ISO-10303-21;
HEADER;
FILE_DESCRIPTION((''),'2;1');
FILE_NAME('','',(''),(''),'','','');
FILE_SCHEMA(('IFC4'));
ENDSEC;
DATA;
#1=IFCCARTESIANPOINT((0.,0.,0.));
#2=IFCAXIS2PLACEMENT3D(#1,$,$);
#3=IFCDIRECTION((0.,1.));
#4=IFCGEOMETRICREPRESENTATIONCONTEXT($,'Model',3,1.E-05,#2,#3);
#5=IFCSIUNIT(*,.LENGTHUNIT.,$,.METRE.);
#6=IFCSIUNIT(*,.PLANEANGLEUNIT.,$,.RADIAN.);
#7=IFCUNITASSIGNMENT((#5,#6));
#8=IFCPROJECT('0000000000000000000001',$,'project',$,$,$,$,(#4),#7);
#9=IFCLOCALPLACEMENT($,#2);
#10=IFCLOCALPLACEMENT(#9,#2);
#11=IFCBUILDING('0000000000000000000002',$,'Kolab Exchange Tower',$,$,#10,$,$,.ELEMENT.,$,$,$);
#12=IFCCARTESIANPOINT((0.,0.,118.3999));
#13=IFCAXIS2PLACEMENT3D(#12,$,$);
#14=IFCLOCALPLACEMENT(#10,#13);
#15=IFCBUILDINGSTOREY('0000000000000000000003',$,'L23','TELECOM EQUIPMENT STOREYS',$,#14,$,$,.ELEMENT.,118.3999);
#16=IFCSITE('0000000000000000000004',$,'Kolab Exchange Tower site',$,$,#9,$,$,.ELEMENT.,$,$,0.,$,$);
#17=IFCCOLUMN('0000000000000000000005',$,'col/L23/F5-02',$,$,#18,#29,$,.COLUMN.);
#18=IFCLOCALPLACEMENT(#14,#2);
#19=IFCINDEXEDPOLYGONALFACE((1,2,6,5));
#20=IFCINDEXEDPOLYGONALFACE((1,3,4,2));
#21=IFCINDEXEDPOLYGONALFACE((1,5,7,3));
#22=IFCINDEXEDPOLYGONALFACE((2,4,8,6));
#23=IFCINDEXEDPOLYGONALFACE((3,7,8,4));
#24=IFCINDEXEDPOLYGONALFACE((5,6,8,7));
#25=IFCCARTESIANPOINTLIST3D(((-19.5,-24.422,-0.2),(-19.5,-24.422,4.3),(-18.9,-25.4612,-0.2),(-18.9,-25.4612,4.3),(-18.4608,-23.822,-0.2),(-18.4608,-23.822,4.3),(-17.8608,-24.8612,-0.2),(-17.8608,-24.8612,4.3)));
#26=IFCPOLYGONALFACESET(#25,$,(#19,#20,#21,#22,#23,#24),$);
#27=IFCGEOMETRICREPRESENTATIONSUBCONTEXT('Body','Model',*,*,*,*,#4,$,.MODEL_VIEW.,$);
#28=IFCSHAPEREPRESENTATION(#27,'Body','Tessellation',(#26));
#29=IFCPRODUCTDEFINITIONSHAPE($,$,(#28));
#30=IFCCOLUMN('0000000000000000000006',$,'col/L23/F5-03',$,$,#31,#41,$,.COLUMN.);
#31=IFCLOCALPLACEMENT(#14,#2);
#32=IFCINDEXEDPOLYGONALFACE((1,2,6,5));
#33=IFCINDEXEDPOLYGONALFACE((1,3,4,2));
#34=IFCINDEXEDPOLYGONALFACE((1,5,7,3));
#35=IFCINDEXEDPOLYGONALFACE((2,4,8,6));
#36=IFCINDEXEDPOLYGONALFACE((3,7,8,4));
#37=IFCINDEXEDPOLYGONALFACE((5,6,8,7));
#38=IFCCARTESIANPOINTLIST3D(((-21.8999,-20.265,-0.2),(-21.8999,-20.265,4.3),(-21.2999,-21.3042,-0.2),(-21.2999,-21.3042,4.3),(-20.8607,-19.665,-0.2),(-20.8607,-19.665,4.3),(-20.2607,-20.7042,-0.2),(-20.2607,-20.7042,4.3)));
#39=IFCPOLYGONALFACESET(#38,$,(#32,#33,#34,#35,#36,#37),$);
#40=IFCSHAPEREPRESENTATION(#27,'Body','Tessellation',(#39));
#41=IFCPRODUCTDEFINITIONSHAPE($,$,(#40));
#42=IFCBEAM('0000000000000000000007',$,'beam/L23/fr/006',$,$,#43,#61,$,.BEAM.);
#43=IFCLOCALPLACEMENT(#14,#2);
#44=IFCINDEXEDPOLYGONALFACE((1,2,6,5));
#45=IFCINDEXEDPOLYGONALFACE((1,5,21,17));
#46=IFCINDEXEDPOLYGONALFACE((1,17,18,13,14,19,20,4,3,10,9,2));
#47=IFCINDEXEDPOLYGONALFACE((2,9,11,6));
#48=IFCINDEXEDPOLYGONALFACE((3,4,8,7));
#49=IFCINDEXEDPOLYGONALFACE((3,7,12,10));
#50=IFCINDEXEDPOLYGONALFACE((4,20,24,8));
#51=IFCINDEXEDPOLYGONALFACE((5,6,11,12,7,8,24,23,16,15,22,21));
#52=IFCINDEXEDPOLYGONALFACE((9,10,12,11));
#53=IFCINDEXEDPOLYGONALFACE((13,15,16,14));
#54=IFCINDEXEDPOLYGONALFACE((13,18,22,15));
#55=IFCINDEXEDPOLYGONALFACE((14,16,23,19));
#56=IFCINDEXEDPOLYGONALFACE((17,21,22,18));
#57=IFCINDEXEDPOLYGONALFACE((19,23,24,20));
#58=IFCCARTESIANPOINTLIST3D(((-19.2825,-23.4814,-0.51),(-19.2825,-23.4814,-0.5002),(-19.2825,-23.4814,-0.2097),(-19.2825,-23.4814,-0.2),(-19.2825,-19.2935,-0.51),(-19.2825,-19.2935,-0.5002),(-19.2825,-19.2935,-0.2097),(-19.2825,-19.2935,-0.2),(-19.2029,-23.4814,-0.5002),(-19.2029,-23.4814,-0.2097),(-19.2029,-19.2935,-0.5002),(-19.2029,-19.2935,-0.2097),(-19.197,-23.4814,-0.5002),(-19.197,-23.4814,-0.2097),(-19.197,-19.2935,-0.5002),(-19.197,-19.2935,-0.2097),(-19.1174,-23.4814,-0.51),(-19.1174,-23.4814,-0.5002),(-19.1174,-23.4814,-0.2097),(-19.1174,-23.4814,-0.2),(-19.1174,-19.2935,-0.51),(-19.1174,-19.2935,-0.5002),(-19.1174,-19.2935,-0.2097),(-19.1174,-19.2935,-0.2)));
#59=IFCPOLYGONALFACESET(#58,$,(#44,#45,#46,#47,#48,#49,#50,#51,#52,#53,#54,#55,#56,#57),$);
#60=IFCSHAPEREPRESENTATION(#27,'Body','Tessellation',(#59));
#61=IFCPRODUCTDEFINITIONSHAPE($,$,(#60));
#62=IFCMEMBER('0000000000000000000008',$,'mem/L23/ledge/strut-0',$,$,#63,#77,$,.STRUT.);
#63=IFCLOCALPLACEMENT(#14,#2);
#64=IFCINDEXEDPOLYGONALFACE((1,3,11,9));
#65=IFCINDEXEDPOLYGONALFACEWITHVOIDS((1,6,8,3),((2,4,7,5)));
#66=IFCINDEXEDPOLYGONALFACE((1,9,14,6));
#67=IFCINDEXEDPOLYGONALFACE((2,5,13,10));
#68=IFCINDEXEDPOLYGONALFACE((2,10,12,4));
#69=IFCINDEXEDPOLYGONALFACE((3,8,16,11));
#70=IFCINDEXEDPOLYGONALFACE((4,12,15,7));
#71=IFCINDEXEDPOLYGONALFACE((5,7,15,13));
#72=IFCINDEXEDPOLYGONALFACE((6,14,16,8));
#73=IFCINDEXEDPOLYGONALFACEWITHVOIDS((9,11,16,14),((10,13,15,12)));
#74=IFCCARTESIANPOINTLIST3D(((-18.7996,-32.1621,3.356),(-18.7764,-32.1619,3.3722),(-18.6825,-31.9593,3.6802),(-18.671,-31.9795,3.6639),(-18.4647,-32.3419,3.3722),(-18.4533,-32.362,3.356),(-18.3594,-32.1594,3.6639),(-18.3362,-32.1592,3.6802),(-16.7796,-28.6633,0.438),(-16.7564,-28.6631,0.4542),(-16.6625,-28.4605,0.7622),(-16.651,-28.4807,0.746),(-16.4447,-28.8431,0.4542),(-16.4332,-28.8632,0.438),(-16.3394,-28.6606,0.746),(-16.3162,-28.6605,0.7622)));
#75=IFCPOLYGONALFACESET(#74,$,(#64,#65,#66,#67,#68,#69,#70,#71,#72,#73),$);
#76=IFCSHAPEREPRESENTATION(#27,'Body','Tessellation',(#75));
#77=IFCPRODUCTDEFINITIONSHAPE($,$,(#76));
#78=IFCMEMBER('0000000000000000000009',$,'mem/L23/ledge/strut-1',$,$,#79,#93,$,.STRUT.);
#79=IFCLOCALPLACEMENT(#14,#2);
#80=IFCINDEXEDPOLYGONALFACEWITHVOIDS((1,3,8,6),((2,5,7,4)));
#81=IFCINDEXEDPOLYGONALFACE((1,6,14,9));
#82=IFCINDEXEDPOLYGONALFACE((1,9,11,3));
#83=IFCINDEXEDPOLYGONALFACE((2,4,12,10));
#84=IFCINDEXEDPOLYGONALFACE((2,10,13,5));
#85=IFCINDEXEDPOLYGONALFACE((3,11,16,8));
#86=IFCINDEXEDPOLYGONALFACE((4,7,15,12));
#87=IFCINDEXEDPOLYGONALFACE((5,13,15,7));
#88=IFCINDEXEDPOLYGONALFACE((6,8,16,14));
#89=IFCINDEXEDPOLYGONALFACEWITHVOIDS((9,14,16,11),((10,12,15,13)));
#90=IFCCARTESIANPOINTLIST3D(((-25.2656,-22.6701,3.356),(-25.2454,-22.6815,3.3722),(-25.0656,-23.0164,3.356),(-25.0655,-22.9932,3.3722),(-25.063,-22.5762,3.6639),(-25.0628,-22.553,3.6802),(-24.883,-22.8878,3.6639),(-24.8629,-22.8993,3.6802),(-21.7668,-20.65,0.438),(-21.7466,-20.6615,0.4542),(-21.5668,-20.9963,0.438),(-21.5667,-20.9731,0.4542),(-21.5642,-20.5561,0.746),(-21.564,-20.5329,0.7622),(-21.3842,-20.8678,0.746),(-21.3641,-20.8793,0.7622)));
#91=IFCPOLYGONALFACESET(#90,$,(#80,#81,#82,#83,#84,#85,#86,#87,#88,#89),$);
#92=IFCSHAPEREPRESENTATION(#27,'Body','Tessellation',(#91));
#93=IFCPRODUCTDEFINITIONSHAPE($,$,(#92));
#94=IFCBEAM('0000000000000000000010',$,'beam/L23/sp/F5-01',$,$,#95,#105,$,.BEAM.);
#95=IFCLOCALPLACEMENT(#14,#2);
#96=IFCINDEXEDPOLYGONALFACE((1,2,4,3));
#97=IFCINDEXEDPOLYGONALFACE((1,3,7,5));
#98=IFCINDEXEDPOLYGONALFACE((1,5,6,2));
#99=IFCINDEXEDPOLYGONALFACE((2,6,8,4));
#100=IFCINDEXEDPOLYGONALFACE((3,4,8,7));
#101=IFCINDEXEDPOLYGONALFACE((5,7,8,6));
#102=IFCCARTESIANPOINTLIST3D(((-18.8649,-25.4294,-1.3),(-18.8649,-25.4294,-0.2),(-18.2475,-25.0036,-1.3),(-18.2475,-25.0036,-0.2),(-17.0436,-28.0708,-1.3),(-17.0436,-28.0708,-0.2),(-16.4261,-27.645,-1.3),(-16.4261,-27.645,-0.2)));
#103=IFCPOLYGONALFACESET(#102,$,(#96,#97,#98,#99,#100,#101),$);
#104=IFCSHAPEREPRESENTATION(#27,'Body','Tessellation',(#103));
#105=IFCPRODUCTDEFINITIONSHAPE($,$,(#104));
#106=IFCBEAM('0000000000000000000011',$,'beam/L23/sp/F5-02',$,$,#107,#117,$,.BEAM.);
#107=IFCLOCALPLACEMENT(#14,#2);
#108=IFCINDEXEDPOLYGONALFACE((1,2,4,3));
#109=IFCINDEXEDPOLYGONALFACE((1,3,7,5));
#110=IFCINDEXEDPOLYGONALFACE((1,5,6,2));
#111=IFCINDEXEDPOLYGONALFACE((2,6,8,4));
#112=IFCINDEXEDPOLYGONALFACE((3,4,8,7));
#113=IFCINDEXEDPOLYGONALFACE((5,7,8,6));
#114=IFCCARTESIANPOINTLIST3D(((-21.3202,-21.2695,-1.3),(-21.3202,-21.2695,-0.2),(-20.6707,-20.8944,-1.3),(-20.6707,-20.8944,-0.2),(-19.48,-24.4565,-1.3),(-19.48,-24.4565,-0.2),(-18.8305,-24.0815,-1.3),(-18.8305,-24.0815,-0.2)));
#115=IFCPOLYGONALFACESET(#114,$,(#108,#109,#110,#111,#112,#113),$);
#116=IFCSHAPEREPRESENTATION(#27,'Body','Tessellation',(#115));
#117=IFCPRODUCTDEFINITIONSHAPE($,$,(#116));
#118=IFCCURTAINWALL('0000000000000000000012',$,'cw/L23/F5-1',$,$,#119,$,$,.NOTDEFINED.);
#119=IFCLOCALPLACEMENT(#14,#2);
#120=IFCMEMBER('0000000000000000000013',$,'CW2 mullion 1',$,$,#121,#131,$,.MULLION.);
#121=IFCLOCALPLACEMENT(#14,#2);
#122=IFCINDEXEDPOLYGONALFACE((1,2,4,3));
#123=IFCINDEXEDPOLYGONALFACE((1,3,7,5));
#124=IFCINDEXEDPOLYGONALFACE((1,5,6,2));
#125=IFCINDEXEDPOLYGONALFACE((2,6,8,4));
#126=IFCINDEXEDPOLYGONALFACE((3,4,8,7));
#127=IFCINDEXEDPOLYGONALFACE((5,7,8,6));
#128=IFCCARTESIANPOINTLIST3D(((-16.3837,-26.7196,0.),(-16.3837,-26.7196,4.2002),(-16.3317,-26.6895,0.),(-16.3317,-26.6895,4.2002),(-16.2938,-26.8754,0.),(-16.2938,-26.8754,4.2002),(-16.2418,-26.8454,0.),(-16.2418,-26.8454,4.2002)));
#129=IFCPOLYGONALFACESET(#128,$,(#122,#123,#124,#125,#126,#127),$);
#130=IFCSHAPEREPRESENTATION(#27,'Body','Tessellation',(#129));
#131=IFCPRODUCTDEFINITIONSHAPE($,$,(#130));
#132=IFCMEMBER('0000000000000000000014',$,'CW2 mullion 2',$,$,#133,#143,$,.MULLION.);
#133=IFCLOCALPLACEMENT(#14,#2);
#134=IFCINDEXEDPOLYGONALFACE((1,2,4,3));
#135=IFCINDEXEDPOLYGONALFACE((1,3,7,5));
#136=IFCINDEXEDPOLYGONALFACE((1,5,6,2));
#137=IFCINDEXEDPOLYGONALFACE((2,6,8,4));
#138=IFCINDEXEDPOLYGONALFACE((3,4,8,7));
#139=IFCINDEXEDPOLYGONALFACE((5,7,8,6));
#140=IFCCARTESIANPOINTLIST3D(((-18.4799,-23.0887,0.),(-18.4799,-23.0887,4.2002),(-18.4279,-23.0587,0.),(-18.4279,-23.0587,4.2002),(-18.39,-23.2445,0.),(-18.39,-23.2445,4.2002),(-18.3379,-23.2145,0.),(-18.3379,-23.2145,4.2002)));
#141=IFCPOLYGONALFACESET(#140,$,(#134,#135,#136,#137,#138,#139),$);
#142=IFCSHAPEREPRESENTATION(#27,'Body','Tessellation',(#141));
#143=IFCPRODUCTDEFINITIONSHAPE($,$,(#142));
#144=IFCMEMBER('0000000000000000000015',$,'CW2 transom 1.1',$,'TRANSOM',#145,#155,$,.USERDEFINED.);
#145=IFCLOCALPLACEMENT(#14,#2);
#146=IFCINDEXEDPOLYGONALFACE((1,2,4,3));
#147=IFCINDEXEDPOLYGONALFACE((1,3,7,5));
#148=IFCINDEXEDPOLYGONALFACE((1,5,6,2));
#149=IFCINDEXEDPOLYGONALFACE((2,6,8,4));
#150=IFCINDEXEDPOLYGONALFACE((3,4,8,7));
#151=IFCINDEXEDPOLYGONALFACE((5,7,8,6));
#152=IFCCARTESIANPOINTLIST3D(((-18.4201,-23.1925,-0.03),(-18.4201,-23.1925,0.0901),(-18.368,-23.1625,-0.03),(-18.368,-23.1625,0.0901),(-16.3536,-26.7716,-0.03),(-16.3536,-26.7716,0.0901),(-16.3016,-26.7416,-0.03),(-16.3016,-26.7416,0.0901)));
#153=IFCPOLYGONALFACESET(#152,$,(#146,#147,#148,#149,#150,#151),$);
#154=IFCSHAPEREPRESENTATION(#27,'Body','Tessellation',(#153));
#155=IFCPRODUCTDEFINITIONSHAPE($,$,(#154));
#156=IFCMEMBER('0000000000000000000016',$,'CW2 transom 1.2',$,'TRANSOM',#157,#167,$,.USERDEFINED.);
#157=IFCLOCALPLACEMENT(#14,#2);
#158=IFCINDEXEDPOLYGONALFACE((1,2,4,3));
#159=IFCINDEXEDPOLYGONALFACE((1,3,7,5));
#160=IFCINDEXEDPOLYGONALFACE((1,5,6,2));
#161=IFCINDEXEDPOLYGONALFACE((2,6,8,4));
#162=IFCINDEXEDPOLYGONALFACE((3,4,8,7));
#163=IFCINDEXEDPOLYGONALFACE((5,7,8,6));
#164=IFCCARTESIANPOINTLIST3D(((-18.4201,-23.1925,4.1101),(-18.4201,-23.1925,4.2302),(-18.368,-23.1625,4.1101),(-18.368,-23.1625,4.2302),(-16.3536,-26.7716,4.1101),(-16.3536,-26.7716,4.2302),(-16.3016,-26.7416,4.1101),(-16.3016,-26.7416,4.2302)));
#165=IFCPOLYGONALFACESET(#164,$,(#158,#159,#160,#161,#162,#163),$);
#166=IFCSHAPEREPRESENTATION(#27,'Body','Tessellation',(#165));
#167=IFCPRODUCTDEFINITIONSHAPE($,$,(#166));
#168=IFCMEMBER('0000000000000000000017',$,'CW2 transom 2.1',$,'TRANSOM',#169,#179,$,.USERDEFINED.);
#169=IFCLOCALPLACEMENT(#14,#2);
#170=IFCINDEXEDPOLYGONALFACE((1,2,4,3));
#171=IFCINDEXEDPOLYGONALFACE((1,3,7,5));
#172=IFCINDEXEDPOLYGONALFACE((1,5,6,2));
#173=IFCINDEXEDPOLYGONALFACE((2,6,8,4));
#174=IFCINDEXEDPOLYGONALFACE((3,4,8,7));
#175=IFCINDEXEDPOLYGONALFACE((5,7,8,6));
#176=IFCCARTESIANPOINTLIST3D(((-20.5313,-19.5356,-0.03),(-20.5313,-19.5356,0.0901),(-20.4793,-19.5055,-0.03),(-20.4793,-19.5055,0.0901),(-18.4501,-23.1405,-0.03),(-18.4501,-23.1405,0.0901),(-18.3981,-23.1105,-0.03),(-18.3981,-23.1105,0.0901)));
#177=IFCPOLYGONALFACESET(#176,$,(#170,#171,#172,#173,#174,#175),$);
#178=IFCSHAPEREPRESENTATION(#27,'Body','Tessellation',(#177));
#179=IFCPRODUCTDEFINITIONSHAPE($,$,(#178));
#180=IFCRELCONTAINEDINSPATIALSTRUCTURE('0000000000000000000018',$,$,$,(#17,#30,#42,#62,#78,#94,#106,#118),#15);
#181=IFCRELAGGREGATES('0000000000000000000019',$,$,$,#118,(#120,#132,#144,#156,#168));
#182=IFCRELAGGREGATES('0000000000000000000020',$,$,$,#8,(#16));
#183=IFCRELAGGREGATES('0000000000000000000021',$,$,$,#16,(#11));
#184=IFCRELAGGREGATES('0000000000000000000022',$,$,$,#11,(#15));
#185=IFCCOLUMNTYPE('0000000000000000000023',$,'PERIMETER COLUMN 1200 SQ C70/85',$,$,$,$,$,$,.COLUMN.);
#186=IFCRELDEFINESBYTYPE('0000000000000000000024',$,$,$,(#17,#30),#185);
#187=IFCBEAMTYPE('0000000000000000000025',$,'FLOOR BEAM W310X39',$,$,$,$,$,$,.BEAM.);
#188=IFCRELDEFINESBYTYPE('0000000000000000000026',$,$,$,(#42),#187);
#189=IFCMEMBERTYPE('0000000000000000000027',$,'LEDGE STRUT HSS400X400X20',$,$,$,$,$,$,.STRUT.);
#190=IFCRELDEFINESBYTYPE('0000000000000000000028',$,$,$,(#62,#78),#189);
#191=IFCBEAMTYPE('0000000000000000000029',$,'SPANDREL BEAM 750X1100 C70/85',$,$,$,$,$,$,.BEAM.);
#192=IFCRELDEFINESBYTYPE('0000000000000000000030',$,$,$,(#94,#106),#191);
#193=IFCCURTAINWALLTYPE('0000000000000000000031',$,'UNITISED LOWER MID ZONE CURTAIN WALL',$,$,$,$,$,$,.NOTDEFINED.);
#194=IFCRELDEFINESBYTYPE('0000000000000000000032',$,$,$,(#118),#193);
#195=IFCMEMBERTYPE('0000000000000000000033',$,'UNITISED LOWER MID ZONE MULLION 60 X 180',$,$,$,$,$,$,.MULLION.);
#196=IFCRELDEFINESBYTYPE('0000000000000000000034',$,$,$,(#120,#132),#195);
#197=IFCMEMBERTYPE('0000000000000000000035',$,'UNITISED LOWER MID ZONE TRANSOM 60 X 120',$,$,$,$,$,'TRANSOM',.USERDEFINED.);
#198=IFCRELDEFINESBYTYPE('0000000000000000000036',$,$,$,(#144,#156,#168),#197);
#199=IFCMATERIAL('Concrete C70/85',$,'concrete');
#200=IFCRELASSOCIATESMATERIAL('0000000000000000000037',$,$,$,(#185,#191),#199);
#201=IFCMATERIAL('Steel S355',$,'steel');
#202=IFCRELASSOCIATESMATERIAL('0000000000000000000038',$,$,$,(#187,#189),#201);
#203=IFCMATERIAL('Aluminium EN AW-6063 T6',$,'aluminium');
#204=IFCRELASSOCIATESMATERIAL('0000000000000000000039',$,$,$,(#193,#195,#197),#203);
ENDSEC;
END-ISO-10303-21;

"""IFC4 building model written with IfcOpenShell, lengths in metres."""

from ifc_helpers import new_model, si_unit, direction, frame, origin, origin_2d, place, context, subcontext, project, spatial, rectangle, hollow_rectangle, i_section, extrude, material, material_profile, profile_set, type_object, element, aggregate, save


model = new_model("IFC4")

# Units and contexts
model_context = context("Model", 3, precision=1e-05, world=origin(), true_north=direction((0.0, 1.0)))
body_context = subcontext(model_context, "Body", "Model", "MODEL_VIEW")
ifc_project = project(units=[si_unit("LENGTHUNIT", "METRE"), si_unit("PLANEANGLEUNIT", "RADIAN")], contexts=[model_context])

# Site, building, storey
site_placement = place(None, origin())
site = spatial("IfcSite", under=ifc_project, at=site_placement, Name="Kolab Exchange Tower site", CompositionType="ELEMENT", RefElevation=0.0)
building_placement = place(site_placement, origin())
building = spatial("IfcBuilding", under=site, at=building_placement, Name="Kolab Exchange Tower", CompositionType="ELEMENT")
storey_placement = place(building_placement, frame((0.0, 0.0, 118.3999)))
storey = spatial("IfcBuildingStorey", under=building, at=storey_placement, Name="L23", Description="TELECOM EQUIPMENT STOREYS", CompositionType="ELEMENT", Elevation=118.3999)

# Columns
ifc_material_1 = material(Name="Concrete C70/85", Category="concrete")
ifc_material_profile_1 = material_profile(ifc_material_1, rectangle(XDim=1.2, YDim=1.2, at=origin_2d()), Name="RC1200")
ifc_profile_set_1 = profile_set([ifc_material_profile_1], Name="Concrete C70/85")
column_type = type_object("IfcColumnType", Name="PERIMETER COLUMN 1200 SQ C70/85", PredefinedType="COLUMN", material=ifc_profile_set_1)
for number, where, z_axis, x_axis, name in (
    (1, (-18.6804, -24.6416, -0.2), (0.0, 0.0, 1.0), (0.866025, 0.5, 0.0), "col/L23/F5-02"),
    (2, (-21.0803, -20.4846, -0.2), (0.0, 0.0, 1.0), (0.866025, 0.5, 0.0), "col/L23/F5-03"),
):
    element("IfcColumn", number, at=place(storey_placement, frame(where, z_axis=z_axis, x_axis=x_axis)), inside=storey, type_object=column_type, Name=name, PredefinedType="COLUMN", context=body_context, shape_type="SweptSolid", body=[
        extrude(rectangle(XDim=1.2, YDim=1.2, at=origin_2d()), origin(), (0.0, 0.0, 1.0), 4.5),
    ])

# Beam
ifc_material_2 = material(Name="Steel S355", Category="steel")
ifc_material_profile_2 = material_profile(ifc_material_2, i_section(OverallWidth=0.165, OverallDepth=0.3101, WebThickness=0.0059, FlangeThickness=0.0098, at=origin_2d()), Name="W310X39")
ifc_profile_set_2 = profile_set([ifc_material_profile_2], Name="Steel S355")
beam_type_1 = type_object("IfcBeamType", Name="FLOOR BEAM W310X39", PredefinedType="BEAM", material=ifc_profile_set_2)
beam_1_placement = place(storey_placement, frame((-19.2, -23.4814, -0.355), z_axis=(0.0, 1.0, 0.0), x_axis=(-1.0, 0.0, 0.0)))
element("IfcBeam", 3, at=beam_1_placement, inside=storey, type_object=beam_type_1, Name="beam/L23/fr/006", PredefinedType="BEAM", context=body_context, shape_type="SweptSolid", body=[
    extrude(i_section(OverallWidth=0.165, OverallDepth=0.3101, WebThickness=0.0059, FlangeThickness=0.0098, at=origin_2d()), origin(), (0.0, 0.0, 1.0), 4.188),
])

# Members
ifc_material_profile_3 = material_profile(ifc_material_2, hollow_rectangle(XDim=0.3999, YDim=0.3999, WallThickness=0.02, at=origin_2d()), Name="HSS400X400X20")
ifc_profile_set_3 = profile_set([ifc_material_profile_3], Name="Steel S355")
member_type_1 = type_object("IfcMemberType", Name="LEDGE STRUT HSS400X400X20", PredefinedType="STRUT", material=ifc_profile_set_3)
for number, where, z_axis, x_axis, name in (
    (4, (-16.5479, -28.6619, 0.6001), (-0.405332, -0.702056, 0.585512), (0.866026, -0.5, 0.0), "mem/L23/ledge/strut-0"),
    (5, (-21.5654, -20.7646, 0.6001), (-0.702056, -0.405332, 0.585512), (0.5, -0.866026, 0.0), "mem/L23/ledge/strut-1"),
):
    element("IfcMember", number, at=place(storey_placement, frame(where, z_axis=z_axis, x_axis=x_axis)), inside=storey, type_object=member_type_1, Name=name, PredefinedType="STRUT", context=body_context, shape_type="SweptSolid", body=[
        extrude(hollow_rectangle(XDim=0.3999, YDim=0.3999, WallThickness=0.02, at=origin_2d()), origin(), (0.0, 0.0, 1.0), 4.9836),
    ])

# Beams
ifc_material_profile_4 = material_profile(ifc_material_1, rectangle(XDim=0.75, YDim=1.1001, at=origin_2d()), Name="RC750X1100")
ifc_profile_set_4 = profile_set([ifc_material_profile_4], Name="Concrete C70/85")
beam_type_2 = type_object("IfcBeamType", Name="SPANDREL BEAM 750X1100 C70/85", PredefinedType="BEAM", material=ifc_profile_set_4)
beam_2_placement = place(storey_placement, frame((-16.7349, -27.8579, -0.75), z_axis=(-0.567662, 0.823262, 0.0), x_axis=(-0.823262, -0.567662, 0.0)))
element("IfcBeam", 6, at=beam_2_placement, inside=storey, type_object=beam_type_2, Name="beam/L23/sp/F5-01", PredefinedType="BEAM", context=body_context, shape_type="SweptSolid", body=[
    extrude(rectangle(XDim=0.75, YDim=1.1001, at=origin_2d()), origin(), (0.0, 0.0, 1.0), 3.2085),
])
beam_3_placement = place(storey_placement, frame((-19.1553, -24.269, -0.75), z_axis=(-0.500013, 0.866018, 0.0), x_axis=(-0.866018, -0.500013, 0.0)))
element("IfcBeam", 7, at=beam_3_placement, inside=storey, type_object=beam_type_2, Name="beam/L23/sp/F5-02", PredefinedType="BEAM", context=body_context, shape_type="SweptSolid", body=[
    extrude(rectangle(XDim=0.75, YDim=1.1001, at=origin_2d()), origin(), (0.0, 0.0, 1.0), 3.6802),
])

# Curtain wall, members
ifc_material_3 = material(Name="Aluminium EN AW-6063 T6", Category="aluminium")
curtain_wall_type = type_object("IfcCurtainWallType", Name="UNITISED LOWER MID ZONE CURTAIN WALL", PredefinedType="NOTDEFINED", material=ifc_material_3)
curtain_wall_placement = place(storey_placement, origin())
curtain_wall = element("IfcCurtainWall", 8, at=curtain_wall_placement, inside=storey, type_object=curtain_wall_type, Name="cw/L23/F5-1", PredefinedType="NOTDEFINED")
ifc_material_profile_5 = material_profile(ifc_material_3, rectangle(XDim=0.0601, YDim=0.1799, at=origin_2d()), Name="RECT 60X180")
ifc_profile_set_5 = profile_set([ifc_material_profile_5], Name="Aluminium EN AW-6063 T6")
member_type_2 = type_object("IfcMemberType", Name="UNITISED LOWER MID ZONE MULLION 60 X 180", PredefinedType="MULLION", material=ifc_profile_set_5)
member_1_placement = place(storey_placement, frame((-16.3127, -26.7825, 0.0), z_axis=(0.0, 0.0, 1.0), x_axis=(-0.866025, -0.5, 0.0)))
member_1 = element("IfcMember", 9, at=member_1_placement, type_object=member_type_2, Name="CW2 mullion 1", PredefinedType="MULLION", context=body_context, shape_type="SweptSolid", body=[
    extrude(rectangle(XDim=0.0601, YDim=0.1799, at=origin_2d()), origin(), (0.0, 0.0, 1.0), 4.2002),
])
member_2_placement = place(storey_placement, frame((-18.4089, -23.1516, 0.0), z_axis=(0.0, 0.0, 1.0), x_axis=(-0.866025, -0.5, 0.0)))
member_2 = element("IfcMember", 10, at=member_2_placement, type_object=member_type_2, Name="CW2 mullion 2", PredefinedType="MULLION", context=body_context, shape_type="SweptSolid", body=[
    extrude(rectangle(XDim=0.0601, YDim=0.1799, at=origin_2d()), origin(), (0.0, 0.0, 1.0), 4.2002),
])
ifc_material_profile_6 = material_profile(ifc_material_3, rectangle(XDim=0.0601, YDim=0.1201, at=origin_2d()), Name="RECT 60X120")
ifc_profile_set_6 = profile_set([ifc_material_profile_6], Name="Aluminium EN AW-6063 T6")
member_type_3 = type_object("IfcMemberType", Name="UNITISED LOWER MID ZONE TRANSOM 60 X 120", ElementType="TRANSOM", PredefinedType="USERDEFINED", material=ifc_profile_set_6)
member_3_placement = place(storey_placement, frame((-16.3276, -26.7566, 0.03), z_axis=(-0.500002, 0.866024, 0.0), x_axis=(-0.866024, -0.500002, 0.0)))
member_3 = element("IfcMember", 11, at=member_3_placement, type_object=member_type_3, Name="CW2 transom 1.1", ObjectType="TRANSOM", PredefinedType="USERDEFINED", context=body_context, shape_type="SweptSolid", body=[
    extrude(rectangle(XDim=0.0601, YDim=0.1201, at=origin_2d()), origin(), (0.0, 0.0, 1.0), 4.1328),
])
member_4_placement = place(storey_placement, frame((-16.3276, -26.7566, 4.1702), z_axis=(-0.500002, 0.866024, 0.0), x_axis=(-0.866024, -0.500002, 0.0)))
member_4 = element("IfcMember", 12, at=member_4_placement, type_object=member_type_3, Name="CW2 transom 1.2", ObjectType="TRANSOM", PredefinedType="USERDEFINED", context=body_context, shape_type="SweptSolid", body=[
    extrude(rectangle(XDim=0.0601, YDim=0.1201, at=origin_2d()), origin(), (0.0, 0.0, 1.0), 4.1328),
])
member_5_placement = place(storey_placement, frame((-18.4241, -23.1255, 0.03), z_axis=(-0.499993, 0.866029, 0.0), x_axis=(-0.866029, -0.499993, 0.0)))
member_5 = element("IfcMember", 13, at=member_5_placement, type_object=member_type_3, Name="CW2 transom 2.1", ObjectType="TRANSOM", PredefinedType="USERDEFINED", context=body_context, shape_type="SweptSolid", body=[
    extrude(rectangle(XDim=0.0601, YDim=0.1201, at=origin_2d()), origin(), (0.0, 0.0, 1.0), 4.1626),
])
aggregate(curtain_wall, [member_1, member_2, member_3, member_4, member_5])

save(model, "model.ifc")
